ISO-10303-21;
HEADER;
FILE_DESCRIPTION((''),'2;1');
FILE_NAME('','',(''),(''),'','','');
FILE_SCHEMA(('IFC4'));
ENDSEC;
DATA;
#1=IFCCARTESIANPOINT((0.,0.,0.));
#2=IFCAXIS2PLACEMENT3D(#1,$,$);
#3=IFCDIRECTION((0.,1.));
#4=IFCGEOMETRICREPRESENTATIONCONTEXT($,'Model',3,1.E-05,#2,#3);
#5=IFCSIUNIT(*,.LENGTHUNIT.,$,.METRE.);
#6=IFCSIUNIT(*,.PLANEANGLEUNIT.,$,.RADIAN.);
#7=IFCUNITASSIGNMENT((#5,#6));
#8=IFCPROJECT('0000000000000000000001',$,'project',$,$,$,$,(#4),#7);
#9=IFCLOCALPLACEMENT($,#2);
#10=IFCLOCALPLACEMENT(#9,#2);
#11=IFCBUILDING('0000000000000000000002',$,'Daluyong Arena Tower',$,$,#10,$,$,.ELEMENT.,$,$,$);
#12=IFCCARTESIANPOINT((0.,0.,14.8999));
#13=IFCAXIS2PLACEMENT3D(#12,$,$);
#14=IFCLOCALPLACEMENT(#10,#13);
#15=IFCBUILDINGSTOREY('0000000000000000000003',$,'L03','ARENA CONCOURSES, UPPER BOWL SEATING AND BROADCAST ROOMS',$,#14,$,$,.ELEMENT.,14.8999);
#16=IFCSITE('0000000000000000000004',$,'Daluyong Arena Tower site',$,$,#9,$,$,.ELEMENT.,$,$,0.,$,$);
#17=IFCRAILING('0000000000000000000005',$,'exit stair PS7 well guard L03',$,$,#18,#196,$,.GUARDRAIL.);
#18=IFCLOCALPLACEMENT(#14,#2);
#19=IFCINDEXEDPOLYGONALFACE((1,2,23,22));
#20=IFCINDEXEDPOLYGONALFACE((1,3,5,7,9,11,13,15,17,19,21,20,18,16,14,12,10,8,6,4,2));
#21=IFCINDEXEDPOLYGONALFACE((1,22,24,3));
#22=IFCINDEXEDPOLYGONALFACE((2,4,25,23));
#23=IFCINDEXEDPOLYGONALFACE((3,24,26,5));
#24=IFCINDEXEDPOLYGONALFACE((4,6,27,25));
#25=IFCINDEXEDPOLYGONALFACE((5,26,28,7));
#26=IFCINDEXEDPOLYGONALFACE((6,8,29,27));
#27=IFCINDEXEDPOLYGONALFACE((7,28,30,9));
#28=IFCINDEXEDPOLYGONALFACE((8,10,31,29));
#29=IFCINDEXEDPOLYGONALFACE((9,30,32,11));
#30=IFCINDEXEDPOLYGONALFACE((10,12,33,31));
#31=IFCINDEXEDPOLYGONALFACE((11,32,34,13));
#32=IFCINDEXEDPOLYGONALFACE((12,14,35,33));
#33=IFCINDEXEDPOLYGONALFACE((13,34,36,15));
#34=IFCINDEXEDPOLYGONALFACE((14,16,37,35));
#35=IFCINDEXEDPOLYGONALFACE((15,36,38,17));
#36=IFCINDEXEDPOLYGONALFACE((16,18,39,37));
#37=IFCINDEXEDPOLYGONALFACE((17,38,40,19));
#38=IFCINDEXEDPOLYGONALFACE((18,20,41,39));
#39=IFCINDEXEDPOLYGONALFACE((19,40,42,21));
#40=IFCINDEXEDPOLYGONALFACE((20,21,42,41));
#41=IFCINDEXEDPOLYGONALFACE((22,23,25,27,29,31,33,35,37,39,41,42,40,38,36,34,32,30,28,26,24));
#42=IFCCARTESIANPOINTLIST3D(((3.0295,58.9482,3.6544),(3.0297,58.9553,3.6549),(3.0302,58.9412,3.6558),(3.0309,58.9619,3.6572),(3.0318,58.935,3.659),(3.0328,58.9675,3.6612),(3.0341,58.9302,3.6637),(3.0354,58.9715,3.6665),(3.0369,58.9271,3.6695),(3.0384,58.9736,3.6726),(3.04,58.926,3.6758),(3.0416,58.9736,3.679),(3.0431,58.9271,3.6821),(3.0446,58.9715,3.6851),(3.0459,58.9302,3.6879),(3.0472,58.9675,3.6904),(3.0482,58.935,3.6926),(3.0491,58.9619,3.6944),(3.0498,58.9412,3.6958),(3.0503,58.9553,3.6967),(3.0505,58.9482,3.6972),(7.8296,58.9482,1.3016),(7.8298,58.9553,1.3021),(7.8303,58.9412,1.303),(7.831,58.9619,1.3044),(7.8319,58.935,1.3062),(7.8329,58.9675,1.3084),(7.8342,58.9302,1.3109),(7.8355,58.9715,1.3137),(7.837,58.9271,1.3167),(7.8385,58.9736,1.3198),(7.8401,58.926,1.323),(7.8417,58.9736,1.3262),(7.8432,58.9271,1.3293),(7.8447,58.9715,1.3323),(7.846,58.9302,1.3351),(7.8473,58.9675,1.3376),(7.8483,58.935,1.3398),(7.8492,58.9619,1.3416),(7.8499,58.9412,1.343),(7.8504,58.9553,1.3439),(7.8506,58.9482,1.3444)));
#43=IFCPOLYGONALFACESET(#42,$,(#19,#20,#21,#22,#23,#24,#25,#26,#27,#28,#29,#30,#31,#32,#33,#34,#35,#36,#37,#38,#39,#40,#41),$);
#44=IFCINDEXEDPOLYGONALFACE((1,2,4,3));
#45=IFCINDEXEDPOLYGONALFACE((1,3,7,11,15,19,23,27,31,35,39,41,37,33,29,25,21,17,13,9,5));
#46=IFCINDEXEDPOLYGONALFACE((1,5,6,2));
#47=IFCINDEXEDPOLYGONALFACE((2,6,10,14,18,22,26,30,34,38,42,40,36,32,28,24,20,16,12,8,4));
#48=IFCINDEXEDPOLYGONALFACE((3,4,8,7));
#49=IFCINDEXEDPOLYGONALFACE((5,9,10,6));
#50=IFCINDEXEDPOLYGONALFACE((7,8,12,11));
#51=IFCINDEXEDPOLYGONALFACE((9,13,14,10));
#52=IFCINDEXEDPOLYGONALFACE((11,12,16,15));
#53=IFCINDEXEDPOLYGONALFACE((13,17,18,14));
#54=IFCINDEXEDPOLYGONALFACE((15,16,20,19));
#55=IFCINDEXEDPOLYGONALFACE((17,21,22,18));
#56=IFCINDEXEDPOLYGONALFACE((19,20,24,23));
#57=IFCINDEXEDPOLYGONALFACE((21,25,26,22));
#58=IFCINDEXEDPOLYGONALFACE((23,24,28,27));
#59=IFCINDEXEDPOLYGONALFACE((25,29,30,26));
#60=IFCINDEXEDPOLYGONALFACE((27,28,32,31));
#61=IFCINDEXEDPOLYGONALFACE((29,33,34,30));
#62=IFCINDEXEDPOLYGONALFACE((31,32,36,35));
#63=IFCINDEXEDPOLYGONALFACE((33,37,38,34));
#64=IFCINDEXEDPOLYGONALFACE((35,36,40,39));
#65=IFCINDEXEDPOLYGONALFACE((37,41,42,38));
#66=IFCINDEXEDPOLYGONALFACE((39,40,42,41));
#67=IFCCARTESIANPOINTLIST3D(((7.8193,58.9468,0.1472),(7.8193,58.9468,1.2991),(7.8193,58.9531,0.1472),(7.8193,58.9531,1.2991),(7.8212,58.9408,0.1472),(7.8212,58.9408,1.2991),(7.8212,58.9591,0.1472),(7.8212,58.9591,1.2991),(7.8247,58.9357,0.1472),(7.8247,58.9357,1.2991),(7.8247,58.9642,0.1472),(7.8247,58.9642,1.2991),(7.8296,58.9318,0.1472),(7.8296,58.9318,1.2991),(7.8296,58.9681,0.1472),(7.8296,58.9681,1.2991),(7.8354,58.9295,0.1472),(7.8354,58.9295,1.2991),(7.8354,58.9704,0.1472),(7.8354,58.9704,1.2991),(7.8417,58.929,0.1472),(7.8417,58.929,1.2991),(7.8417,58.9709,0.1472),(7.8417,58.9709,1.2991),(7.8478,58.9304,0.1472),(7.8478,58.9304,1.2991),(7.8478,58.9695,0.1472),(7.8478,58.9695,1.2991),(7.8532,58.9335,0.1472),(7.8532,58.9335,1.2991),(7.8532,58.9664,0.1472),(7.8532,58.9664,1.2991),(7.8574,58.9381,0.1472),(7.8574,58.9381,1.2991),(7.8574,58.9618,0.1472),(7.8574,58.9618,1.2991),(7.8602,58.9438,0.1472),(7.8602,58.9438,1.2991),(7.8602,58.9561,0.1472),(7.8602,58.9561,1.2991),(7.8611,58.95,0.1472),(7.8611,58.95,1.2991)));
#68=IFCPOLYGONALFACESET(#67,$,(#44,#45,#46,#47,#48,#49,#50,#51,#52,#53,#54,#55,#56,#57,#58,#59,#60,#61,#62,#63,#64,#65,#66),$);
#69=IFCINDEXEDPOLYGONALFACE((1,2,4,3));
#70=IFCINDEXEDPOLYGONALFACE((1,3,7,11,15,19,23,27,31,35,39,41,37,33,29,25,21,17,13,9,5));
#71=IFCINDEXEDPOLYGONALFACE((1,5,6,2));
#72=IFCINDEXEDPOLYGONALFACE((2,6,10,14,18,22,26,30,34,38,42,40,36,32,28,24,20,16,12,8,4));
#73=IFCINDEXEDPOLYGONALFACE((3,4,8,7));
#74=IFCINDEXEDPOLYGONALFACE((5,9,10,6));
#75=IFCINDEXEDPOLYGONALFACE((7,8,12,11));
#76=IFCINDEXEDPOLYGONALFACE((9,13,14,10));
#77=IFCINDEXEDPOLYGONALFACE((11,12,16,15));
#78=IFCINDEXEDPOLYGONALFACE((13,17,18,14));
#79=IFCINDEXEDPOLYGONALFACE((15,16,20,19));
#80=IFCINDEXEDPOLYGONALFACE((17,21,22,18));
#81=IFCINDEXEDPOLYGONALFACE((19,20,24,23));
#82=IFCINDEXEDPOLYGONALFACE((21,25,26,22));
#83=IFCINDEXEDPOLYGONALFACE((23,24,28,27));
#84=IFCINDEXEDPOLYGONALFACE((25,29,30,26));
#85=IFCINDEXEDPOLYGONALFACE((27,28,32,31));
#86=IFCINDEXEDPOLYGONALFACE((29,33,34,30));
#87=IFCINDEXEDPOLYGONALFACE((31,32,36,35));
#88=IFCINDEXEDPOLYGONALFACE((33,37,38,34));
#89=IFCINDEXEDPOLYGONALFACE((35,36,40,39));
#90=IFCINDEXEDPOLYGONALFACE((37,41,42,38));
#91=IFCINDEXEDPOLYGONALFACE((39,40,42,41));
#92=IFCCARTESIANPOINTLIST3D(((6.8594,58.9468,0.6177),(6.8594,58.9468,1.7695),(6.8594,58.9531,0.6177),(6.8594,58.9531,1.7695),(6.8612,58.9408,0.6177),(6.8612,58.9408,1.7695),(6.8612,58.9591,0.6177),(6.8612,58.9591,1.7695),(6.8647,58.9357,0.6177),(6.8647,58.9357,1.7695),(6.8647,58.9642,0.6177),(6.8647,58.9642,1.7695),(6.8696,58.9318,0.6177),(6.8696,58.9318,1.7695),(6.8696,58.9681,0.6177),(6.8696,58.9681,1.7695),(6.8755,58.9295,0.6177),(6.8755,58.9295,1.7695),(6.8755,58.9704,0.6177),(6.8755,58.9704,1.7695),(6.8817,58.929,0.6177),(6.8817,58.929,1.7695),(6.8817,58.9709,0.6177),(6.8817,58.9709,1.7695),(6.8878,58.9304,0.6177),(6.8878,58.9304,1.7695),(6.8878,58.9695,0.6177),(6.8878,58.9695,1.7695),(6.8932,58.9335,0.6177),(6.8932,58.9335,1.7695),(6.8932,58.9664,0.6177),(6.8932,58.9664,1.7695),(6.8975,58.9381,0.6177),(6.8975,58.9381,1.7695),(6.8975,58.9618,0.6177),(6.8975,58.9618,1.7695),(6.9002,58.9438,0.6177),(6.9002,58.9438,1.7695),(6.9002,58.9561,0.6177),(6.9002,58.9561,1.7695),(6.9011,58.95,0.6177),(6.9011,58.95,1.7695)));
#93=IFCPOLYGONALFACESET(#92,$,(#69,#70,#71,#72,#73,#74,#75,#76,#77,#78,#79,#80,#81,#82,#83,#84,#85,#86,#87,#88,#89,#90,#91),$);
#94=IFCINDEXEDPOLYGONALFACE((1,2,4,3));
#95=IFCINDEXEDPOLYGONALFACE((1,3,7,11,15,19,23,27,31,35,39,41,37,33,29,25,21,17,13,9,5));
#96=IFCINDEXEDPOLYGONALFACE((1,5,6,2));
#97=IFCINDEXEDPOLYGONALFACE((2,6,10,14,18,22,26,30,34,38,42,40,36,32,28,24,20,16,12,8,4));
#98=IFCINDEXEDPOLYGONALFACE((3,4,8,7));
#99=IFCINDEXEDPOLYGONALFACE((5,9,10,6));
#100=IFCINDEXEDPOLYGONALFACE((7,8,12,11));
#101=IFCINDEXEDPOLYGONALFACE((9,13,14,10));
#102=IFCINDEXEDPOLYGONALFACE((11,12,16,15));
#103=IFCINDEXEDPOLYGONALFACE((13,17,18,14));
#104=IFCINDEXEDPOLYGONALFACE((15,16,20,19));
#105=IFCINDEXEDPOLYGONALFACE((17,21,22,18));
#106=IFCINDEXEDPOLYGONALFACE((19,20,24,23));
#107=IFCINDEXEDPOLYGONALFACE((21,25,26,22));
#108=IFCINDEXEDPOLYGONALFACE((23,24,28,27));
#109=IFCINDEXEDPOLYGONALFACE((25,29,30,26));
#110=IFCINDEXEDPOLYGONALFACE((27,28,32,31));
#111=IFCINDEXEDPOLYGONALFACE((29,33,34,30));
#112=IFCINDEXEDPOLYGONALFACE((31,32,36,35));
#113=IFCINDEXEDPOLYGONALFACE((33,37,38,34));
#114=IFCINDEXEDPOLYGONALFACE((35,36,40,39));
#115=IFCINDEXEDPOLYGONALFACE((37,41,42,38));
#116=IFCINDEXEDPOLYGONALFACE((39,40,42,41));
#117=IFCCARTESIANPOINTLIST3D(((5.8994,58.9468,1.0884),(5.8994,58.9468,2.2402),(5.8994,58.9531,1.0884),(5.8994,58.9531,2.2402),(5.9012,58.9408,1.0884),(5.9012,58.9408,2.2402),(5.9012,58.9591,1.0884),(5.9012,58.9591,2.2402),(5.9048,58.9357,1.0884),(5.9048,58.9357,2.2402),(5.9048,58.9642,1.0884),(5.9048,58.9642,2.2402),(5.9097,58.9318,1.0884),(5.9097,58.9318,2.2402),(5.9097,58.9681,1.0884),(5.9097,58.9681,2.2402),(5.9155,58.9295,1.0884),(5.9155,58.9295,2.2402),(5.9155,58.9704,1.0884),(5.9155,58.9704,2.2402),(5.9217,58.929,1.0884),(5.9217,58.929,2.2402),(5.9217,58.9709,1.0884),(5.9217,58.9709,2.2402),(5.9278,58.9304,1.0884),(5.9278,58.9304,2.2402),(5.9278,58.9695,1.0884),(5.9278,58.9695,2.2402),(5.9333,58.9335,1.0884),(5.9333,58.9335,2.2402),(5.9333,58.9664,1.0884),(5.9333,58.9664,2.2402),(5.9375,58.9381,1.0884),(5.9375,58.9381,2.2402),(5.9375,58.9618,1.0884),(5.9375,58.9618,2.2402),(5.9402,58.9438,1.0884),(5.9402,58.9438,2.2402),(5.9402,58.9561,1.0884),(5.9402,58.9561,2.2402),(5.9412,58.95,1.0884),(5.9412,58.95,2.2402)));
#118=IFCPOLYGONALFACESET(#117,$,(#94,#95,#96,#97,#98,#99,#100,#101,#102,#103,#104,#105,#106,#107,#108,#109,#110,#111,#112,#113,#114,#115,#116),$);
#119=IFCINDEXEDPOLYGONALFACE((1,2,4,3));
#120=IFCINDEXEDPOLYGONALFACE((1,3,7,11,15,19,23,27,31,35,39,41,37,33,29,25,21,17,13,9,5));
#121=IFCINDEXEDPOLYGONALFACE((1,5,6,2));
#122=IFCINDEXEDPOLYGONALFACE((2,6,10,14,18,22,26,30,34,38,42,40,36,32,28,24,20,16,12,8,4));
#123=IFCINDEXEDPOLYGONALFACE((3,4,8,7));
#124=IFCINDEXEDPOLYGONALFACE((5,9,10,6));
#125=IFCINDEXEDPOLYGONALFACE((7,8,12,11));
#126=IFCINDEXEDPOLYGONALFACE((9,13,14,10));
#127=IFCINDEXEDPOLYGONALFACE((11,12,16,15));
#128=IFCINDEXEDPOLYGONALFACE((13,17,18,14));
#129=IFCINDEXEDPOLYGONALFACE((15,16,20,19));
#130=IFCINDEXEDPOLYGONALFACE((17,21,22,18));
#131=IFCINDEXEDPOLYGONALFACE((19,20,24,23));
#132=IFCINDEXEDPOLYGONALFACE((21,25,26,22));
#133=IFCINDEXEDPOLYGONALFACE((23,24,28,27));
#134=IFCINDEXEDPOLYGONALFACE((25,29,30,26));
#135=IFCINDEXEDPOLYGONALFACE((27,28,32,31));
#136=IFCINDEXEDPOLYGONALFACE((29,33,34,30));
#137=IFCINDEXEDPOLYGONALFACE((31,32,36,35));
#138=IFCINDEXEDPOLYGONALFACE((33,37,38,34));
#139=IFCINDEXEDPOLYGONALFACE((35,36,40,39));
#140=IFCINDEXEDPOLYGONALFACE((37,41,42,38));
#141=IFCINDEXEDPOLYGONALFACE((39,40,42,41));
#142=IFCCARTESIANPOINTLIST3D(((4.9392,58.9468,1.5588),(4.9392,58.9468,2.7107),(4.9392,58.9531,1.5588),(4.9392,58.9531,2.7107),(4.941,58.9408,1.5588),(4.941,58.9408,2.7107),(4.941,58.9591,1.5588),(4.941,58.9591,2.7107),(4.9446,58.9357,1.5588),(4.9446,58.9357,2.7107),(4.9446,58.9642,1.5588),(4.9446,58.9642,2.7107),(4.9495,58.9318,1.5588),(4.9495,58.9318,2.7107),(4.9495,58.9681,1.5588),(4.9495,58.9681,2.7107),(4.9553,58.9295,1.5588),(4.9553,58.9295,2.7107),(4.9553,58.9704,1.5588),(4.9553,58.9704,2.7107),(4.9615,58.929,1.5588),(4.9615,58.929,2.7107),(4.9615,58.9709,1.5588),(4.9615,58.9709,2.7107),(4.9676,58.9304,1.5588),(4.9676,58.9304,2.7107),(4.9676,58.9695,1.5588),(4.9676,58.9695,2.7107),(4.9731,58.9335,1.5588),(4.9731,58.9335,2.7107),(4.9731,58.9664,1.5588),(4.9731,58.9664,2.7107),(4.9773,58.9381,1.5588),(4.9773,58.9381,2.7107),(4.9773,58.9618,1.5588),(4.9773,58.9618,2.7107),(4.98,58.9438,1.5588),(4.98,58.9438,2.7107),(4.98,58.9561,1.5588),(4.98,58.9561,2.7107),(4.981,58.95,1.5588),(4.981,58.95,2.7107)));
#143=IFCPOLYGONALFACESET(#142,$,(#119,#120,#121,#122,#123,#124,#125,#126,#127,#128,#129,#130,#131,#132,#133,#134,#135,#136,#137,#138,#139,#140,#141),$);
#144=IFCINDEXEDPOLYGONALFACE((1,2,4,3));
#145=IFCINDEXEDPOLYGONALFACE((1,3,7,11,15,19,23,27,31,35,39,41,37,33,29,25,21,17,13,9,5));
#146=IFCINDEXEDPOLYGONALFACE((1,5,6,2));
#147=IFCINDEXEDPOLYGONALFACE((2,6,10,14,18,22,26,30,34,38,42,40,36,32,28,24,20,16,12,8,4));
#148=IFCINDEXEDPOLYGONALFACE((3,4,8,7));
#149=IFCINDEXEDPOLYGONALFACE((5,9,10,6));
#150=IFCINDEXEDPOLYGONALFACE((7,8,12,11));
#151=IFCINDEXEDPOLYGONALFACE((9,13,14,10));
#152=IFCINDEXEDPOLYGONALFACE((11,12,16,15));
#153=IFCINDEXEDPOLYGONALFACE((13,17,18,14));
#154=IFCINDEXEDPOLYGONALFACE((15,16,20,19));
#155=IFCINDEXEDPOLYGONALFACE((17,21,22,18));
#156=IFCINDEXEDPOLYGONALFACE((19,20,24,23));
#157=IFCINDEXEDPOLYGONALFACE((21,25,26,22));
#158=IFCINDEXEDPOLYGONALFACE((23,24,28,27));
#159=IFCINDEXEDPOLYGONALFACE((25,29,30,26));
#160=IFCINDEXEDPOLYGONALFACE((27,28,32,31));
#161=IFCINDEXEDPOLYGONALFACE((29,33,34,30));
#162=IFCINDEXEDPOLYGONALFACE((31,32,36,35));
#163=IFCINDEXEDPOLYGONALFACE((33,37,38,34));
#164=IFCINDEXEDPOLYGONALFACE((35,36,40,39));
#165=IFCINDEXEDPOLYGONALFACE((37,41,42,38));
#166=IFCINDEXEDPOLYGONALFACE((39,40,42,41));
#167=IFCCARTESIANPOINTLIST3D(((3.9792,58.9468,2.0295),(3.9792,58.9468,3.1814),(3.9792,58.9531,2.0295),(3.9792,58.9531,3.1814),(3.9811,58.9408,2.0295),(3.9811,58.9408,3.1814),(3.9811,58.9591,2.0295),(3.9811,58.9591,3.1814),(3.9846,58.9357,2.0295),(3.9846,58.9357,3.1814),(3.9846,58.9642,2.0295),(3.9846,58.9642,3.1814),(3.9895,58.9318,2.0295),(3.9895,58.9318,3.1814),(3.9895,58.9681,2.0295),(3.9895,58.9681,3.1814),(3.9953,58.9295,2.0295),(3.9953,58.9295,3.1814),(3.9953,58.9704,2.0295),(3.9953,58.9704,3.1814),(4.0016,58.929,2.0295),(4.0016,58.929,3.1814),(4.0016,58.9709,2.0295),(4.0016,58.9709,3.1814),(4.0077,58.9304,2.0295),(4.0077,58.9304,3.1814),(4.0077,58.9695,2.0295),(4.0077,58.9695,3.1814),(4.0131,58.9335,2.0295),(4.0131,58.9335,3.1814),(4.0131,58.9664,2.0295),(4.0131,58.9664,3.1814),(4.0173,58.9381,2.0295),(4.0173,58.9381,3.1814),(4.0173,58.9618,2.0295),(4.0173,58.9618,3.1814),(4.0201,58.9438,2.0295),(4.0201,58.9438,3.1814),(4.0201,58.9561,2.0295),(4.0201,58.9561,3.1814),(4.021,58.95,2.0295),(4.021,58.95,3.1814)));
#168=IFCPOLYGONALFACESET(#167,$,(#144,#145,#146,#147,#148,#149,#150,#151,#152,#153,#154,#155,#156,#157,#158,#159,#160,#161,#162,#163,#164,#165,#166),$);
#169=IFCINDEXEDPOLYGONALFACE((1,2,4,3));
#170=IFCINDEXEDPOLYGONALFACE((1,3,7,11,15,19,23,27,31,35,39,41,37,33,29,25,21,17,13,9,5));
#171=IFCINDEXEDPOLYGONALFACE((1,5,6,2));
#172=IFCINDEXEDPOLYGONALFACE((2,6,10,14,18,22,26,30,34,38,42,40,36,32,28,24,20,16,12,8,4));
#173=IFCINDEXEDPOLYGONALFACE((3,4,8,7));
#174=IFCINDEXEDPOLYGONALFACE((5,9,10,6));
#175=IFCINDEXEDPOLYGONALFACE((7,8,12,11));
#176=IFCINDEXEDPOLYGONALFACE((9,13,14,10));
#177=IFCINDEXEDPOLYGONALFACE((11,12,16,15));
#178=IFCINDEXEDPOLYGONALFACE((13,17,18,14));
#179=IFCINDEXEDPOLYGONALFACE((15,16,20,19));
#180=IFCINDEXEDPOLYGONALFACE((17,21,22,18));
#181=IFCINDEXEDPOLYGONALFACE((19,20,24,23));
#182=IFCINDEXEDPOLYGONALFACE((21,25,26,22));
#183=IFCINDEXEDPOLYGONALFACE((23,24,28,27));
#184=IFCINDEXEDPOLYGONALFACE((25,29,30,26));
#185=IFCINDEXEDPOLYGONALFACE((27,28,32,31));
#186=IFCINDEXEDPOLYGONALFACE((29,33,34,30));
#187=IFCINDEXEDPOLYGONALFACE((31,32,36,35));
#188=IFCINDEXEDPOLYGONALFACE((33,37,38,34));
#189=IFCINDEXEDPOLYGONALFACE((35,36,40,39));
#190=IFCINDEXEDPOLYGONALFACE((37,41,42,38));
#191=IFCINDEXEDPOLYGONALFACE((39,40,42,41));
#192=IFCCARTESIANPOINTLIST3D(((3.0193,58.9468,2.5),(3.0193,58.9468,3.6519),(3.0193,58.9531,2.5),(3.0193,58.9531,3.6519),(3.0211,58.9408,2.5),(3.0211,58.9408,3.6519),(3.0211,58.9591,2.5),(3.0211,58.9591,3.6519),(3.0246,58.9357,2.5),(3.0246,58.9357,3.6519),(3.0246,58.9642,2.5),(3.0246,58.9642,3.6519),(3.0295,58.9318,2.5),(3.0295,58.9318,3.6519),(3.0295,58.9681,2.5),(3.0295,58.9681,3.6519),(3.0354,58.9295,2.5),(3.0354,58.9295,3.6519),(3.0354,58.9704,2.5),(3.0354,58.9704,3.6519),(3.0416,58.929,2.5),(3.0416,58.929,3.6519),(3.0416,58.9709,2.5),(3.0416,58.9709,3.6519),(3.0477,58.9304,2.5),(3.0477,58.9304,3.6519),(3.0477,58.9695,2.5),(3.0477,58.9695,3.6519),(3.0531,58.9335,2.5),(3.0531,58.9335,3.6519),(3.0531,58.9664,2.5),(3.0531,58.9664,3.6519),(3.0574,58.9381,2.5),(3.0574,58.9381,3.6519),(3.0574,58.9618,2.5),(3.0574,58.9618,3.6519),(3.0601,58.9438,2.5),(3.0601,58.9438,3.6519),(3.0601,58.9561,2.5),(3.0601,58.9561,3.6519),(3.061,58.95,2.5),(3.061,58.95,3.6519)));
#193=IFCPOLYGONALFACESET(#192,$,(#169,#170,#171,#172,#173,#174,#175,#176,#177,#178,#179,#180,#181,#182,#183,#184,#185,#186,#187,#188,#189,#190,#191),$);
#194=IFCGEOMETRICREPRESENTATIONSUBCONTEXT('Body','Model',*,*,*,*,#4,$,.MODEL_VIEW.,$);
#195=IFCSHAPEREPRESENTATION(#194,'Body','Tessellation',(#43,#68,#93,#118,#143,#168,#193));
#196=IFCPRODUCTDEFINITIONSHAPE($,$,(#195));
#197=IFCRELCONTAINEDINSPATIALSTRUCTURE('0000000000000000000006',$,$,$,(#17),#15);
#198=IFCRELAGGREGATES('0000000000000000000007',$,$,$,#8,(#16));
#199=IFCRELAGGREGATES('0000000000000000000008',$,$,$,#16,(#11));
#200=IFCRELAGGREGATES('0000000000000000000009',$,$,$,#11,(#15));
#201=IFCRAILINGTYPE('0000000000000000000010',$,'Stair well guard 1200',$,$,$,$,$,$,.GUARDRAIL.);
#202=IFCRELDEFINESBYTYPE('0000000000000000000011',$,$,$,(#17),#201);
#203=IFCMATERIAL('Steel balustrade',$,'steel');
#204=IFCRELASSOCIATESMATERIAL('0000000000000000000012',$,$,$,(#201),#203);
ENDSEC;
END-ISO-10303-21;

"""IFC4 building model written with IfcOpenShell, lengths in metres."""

from ifc_helpers import new_model, si_unit, direction, frame, origin, origin_2d, place, context, subcontext, project, spatial, circle, extrude, material, type_object, element, save


model = new_model("IFC4")

# Units and contexts
model_context = context("Model", 3, precision=1e-05, world=origin(), true_north=direction((0.0, 1.0)))
body_context = subcontext(model_context, "Body", "Model", "MODEL_VIEW")
ifc_project = project(units=[si_unit("LENGTHUNIT", "METRE"), si_unit("PLANEANGLEUNIT", "RADIAN")], contexts=[model_context])

# Site, building, storey
site_placement = place(None, origin())
site = spatial("IfcSite", under=ifc_project, at=site_placement, Name="Daluyong Arena Tower site", CompositionType="ELEMENT", RefElevation=0.0)
building_placement = place(site_placement, origin())
building = spatial("IfcBuilding", under=site, at=building_placement, Name="Daluyong Arena Tower", CompositionType="ELEMENT")
storey_placement = place(building_placement, frame((0.0, 0.0, 14.8999)))
storey = spatial("IfcBuildingStorey", under=building, at=storey_placement, Name="L03", Description="ARENA CONCOURSES, UPPER BOWL SEATING AND BROADCAST ROOMS", CompositionType="ELEMENT", Elevation=14.8999)

# Railing
ifc_material_1 = material(Name="Steel balustrade", Category="steel")
railing_type_1 = type_object("IfcRailingType", Name="Stair well guard 1200", PredefinedType="GUARDRAIL", material=ifc_material_1)
railing_1_placement = place(storey_placement, frame((7.8401, 58.95, 0.1472)))
element("IfcRailing", 1, at=railing_1_placement, inside=storey, type_object=railing_type_1, Name="exit stair PS7 well guard L03", PredefinedType="GUARDRAIL", context=body_context, shape_type="SweptSolid", body=[
    extrude(circle(Radius=0.0239, at=origin_2d()), frame((0.0, 0.0, 1.1758), z_axis=(-0.897934, 0.0, 0.44013), x_axis=(0.0, -1.0, 0.0)), (0.0, 0.0, 1.0), 5.3457),
    extrude(circle(Radius=0.021, at=origin_2d()), origin(), (0.0, 0.0, 1.0), 1.1519),
    extrude(circle(Radius=0.021, at=origin_2d()), frame((-0.96, 0.0, 0.4705)), (0.0, 0.0, 1.0), 1.1519),
    extrude(circle(Radius=0.021, at=origin_2d()), frame((-1.9199, 0.0, 0.9412)), (0.0, 0.0, 1.0), 1.1519),
    extrude(circle(Radius=0.021, at=origin_2d()), frame((-2.8801, 0.0, 1.4116)), (0.0, 0.0, 1.0), 1.1519),
    extrude(circle(Radius=0.021, at=origin_2d()), frame((-3.8401, 0.0, 1.8823)), (0.0, 0.0, 1.0), 1.1519),
    extrude(circle(Radius=0.021, at=origin_2d()), frame((-4.8, 0.0, 2.3528)), (0.0, 0.0, 1.0), 1.1519),
])

save(model, "model.ifc")
